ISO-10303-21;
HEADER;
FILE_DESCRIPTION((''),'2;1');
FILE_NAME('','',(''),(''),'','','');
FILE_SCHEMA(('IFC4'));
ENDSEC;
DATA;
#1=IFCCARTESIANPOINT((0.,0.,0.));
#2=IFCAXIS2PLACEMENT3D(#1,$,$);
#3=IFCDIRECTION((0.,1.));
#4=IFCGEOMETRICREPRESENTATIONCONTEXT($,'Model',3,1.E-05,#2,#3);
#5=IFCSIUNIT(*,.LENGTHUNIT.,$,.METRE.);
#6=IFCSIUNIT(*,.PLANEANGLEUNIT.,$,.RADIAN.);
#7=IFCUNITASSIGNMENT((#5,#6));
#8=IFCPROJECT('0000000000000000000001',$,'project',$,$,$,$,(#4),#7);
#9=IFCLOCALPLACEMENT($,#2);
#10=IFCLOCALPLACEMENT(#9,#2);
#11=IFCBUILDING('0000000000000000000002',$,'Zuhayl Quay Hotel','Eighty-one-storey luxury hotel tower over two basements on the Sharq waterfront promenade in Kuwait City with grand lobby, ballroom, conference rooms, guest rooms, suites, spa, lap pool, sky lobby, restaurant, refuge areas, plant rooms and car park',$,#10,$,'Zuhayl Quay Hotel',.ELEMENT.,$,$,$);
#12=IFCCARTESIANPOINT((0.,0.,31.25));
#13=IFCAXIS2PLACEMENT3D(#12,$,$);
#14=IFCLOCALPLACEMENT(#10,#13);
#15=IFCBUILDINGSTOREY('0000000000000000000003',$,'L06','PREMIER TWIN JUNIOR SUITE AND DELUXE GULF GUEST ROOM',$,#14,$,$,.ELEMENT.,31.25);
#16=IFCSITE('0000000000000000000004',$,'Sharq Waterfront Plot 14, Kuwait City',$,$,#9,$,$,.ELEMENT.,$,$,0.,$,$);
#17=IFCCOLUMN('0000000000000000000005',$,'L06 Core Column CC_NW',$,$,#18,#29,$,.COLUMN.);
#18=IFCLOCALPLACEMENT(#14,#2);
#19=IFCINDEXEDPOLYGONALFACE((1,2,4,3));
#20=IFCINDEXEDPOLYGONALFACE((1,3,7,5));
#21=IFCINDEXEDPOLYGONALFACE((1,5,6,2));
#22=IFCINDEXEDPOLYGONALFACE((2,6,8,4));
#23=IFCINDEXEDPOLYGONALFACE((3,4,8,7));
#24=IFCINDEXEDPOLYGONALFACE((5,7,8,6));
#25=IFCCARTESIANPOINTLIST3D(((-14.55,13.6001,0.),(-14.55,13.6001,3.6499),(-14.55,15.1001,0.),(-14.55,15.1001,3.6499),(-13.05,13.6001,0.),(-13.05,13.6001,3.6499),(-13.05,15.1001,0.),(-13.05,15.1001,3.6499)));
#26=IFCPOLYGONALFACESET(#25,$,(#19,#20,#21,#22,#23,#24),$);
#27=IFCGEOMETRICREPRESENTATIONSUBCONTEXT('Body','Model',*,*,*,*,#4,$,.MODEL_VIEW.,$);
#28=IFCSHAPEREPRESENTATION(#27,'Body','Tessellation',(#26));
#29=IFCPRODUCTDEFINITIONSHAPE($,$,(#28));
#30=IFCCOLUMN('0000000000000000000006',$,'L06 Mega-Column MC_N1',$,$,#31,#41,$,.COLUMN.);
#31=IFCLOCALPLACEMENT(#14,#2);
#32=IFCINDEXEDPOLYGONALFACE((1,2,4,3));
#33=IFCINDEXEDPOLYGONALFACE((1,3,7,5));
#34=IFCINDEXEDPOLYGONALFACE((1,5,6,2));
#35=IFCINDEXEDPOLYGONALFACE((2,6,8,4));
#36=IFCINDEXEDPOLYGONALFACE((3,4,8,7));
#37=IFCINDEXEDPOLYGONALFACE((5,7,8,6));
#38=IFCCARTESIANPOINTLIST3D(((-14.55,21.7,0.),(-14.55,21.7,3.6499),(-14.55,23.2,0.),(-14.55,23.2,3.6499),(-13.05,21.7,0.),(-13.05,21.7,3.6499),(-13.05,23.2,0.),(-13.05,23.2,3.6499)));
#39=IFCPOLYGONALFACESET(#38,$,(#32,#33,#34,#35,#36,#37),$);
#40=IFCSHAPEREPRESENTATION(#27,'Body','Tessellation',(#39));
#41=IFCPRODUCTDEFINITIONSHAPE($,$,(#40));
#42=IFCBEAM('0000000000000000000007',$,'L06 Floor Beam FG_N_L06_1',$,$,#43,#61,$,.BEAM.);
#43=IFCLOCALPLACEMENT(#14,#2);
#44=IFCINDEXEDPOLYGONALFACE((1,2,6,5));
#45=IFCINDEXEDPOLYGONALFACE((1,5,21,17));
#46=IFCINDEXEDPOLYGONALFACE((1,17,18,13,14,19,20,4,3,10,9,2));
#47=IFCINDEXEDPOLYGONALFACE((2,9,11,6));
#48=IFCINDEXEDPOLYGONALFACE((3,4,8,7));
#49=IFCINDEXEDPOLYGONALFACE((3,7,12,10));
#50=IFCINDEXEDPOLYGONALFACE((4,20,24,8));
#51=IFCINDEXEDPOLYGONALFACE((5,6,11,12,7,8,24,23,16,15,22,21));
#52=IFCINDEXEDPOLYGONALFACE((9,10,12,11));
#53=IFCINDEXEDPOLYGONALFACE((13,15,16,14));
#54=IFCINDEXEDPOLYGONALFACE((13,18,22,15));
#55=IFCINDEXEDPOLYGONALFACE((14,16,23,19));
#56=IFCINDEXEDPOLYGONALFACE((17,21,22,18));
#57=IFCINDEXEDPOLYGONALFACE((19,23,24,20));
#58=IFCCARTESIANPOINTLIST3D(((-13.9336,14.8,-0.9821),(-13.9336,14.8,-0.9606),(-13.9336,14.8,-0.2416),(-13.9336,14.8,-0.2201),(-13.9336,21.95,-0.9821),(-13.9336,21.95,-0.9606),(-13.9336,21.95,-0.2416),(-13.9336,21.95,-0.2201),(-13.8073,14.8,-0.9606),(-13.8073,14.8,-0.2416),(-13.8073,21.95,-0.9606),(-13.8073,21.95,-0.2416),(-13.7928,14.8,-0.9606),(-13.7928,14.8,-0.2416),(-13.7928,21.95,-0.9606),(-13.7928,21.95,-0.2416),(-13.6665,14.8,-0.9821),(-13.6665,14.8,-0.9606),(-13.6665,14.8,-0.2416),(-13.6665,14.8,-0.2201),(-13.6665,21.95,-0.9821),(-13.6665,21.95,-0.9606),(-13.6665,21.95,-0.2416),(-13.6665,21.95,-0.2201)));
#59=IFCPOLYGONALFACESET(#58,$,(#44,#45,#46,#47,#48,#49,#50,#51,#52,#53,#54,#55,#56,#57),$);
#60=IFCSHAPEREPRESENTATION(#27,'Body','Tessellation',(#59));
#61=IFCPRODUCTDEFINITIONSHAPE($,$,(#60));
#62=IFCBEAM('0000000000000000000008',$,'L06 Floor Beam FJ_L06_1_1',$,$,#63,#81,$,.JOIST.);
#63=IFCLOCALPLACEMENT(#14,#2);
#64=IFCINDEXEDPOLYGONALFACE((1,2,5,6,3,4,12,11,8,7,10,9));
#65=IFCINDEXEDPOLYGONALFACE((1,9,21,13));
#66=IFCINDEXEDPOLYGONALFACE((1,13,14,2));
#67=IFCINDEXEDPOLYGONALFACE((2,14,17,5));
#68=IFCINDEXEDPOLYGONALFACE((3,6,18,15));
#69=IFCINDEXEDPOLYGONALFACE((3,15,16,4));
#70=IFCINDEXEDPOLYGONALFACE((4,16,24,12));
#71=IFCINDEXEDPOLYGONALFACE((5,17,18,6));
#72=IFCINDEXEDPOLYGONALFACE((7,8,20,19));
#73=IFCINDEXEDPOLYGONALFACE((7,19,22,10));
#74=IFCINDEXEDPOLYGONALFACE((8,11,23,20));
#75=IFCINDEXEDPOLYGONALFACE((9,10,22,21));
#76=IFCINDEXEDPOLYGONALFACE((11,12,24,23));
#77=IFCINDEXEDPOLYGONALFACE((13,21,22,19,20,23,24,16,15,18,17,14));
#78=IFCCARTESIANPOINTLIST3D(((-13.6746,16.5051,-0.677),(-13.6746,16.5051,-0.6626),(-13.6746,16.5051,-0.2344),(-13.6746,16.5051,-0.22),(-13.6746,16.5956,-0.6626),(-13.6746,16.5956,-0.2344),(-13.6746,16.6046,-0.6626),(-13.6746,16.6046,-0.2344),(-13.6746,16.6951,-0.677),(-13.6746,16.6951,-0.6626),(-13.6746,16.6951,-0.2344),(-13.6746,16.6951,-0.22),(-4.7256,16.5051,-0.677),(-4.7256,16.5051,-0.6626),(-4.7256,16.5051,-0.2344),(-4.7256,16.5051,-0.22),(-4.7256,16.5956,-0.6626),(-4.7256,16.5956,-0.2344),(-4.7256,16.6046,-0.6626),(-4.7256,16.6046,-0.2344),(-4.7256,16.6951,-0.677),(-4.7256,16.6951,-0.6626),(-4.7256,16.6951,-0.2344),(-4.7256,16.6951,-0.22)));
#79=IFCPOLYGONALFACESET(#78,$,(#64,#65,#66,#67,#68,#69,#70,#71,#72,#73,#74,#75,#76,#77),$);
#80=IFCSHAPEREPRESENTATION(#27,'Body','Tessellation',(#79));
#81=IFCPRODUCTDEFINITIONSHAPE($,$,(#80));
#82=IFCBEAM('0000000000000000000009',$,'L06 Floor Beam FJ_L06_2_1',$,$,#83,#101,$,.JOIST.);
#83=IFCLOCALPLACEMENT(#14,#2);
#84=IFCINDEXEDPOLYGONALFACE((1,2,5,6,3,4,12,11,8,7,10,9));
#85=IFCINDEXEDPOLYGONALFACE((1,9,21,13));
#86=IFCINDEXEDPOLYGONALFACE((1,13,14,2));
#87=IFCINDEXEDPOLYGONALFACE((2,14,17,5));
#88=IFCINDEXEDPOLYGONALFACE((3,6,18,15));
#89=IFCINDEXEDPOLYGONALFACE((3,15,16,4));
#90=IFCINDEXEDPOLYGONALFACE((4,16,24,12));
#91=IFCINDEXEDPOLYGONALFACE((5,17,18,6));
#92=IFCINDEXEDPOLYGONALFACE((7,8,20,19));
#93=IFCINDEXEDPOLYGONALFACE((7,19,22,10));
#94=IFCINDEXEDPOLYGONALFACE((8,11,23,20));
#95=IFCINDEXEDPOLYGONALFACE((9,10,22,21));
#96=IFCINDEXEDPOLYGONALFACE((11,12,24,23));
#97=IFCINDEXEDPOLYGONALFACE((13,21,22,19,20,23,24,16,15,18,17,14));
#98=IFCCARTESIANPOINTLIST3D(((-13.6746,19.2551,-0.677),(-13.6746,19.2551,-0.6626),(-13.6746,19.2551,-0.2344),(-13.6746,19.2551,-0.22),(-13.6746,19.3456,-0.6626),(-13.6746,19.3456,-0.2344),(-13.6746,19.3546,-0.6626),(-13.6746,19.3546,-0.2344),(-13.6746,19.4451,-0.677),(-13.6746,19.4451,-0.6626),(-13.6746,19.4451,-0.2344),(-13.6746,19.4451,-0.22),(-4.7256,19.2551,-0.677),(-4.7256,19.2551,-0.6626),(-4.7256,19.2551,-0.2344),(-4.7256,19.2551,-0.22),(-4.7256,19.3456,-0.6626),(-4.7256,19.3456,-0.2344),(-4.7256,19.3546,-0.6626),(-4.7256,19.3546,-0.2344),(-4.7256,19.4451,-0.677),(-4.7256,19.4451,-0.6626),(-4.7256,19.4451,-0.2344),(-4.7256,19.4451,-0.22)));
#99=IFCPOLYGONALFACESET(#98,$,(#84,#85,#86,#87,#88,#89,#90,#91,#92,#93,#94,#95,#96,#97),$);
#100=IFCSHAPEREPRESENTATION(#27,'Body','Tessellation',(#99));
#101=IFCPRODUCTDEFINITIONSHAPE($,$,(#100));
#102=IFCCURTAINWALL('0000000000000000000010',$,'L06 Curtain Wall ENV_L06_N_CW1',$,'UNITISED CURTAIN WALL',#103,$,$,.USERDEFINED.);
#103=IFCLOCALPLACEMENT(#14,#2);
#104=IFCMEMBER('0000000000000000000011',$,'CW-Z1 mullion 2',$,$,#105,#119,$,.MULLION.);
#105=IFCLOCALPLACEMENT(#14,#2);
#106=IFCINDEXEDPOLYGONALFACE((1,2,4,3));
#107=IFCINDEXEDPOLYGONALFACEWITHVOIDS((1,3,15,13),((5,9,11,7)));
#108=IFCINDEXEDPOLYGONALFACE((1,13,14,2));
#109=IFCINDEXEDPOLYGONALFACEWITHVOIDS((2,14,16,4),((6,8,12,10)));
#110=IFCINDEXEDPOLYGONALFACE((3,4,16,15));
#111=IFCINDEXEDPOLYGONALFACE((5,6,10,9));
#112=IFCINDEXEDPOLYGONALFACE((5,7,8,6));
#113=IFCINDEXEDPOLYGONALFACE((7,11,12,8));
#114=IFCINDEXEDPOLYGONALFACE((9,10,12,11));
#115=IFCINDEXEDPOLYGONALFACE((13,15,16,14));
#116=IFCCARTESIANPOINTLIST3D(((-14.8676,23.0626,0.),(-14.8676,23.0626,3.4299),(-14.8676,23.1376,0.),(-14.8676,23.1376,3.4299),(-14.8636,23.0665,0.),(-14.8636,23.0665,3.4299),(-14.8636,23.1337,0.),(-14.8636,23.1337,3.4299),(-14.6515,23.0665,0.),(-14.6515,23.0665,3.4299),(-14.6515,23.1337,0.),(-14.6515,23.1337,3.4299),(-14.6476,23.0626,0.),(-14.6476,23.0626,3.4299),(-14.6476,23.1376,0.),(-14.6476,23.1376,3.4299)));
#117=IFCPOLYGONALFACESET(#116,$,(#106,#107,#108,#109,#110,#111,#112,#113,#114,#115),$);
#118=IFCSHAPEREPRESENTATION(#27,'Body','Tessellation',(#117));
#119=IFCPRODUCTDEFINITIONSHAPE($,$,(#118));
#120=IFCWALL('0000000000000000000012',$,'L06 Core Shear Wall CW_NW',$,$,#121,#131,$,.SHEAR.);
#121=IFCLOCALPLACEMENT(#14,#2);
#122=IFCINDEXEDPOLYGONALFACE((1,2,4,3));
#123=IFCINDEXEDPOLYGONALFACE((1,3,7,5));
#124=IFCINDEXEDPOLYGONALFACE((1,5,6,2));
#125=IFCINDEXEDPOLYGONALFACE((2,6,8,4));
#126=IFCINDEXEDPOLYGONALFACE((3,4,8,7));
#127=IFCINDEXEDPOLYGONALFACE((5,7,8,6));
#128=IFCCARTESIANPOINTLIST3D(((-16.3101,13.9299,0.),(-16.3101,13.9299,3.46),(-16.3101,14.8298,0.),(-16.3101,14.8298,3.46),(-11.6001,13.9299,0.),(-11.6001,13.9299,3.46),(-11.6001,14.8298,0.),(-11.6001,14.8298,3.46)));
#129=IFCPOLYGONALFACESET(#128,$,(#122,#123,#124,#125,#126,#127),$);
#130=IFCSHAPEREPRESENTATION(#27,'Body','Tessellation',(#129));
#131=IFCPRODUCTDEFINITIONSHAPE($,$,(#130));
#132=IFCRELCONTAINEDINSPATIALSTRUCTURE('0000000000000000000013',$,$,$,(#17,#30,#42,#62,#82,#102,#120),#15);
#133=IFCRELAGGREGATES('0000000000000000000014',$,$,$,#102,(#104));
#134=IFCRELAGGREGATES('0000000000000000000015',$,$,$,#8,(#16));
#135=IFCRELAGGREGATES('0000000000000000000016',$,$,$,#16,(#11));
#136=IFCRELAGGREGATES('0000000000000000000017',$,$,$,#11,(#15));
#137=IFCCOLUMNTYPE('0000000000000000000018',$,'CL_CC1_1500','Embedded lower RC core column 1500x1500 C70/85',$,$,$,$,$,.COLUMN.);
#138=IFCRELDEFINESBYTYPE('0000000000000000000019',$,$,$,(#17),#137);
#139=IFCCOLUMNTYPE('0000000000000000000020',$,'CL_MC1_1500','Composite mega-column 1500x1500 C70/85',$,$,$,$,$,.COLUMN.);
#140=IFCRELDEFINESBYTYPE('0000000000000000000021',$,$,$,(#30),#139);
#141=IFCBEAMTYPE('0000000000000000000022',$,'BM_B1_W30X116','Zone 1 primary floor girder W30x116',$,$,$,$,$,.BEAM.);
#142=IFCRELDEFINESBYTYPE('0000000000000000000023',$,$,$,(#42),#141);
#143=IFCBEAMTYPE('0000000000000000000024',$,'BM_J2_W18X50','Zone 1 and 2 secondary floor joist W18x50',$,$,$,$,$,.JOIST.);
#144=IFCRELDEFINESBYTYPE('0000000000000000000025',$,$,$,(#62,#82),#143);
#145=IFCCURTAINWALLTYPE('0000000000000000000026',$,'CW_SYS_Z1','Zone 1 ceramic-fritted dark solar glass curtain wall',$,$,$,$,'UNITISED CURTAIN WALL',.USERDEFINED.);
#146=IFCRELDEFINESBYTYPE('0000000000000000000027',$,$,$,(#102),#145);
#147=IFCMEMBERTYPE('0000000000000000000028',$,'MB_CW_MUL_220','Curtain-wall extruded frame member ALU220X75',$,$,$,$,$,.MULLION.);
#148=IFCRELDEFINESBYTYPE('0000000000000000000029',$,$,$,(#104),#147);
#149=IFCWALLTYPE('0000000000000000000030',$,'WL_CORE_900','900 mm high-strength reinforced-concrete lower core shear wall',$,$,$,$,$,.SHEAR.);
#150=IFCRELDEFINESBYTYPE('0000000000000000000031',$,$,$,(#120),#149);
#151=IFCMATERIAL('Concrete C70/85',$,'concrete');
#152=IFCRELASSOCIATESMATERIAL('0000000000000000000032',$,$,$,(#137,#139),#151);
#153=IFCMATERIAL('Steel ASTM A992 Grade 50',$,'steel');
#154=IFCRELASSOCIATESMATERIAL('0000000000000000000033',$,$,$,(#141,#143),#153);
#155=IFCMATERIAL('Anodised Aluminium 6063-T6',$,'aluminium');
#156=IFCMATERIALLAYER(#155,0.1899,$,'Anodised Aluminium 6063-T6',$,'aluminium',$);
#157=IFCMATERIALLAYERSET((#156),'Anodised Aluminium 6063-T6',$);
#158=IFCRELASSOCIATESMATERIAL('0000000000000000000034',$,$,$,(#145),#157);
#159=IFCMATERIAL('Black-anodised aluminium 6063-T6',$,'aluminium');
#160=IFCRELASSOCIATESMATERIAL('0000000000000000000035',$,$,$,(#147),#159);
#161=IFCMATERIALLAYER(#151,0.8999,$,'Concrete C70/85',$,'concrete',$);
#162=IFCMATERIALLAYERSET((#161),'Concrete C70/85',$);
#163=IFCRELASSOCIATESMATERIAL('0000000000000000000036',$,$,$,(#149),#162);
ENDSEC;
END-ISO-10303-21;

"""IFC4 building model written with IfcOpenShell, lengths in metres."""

from ifc_helpers import new_model, si_unit, direction, frame, frame_2d, origin, origin_2d, place, context, subcontext, project, spatial, rectangle, hollow_rectangle, i_section, extrude, material, layer, layer_set, material_profile, profile_set, type_object, element, aggregate, save


model = new_model("IFC4")

# Units and contexts
model_context = context("Model", 3, precision=1e-05, world=origin(), true_north=direction((0.0, 1.0)))
body_context = subcontext(model_context, "Body", "Model", "MODEL_VIEW")
ifc_project = project(units=[si_unit("LENGTHUNIT", "METRE"), si_unit("PLANEANGLEUNIT", "RADIAN")], contexts=[model_context])

# Site, building, storey
site_placement = place(None, origin())
site = spatial("IfcSite", under=ifc_project, at=site_placement, Name="Sharq Waterfront Plot 14, Kuwait City", CompositionType="ELEMENT", RefElevation=0.0)
building_placement = place(site_placement, origin())
building = spatial("IfcBuilding", under=site, at=building_placement, Name="Zuhayl Quay Hotel", Description="Eighty-one-storey luxury hotel tower over two basements on the Sharq waterfront promenade in Kuwait City with grand lobby, ballroom, conference rooms, guest rooms, suites, spa, lap pool, sky lobby, restaurant, refuge areas, plant rooms and car park", LongName="Zuhayl Quay Hotel", CompositionType="ELEMENT")
storey_placement = place(building_placement, frame((0.0, 0.0, 31.25)))
storey = spatial("IfcBuildingStorey", under=building, at=storey_placement, Name="L06", Description="PREMIER TWIN JUNIOR SUITE AND DELUXE GULF GUEST ROOM", CompositionType="ELEMENT", Elevation=31.25)

# Columns
ifc_material_1 = material(Name="Concrete C70/85", Category="concrete")
ifc_material_profile_1 = material_profile(ifc_material_1, rectangle(XDim=1.5, YDim=1.5, at=origin_2d()), Name="RC1500X1500")
ifc_profile_set_1 = profile_set([ifc_material_profile_1], Name="Concrete C70/85")
column_type_1 = type_object("IfcColumnType", Name="CL_CC1_1500", Description="Embedded lower RC core column 1500x1500 C70/85", PredefinedType="COLUMN", material=ifc_profile_set_1)
column_1_placement = place(storey_placement, frame((-13.8, 14.3501, 0.0), z_axis=(0.0, 0.0, 1.0), x_axis=(1.0, 0.0, 0.0)))
element("IfcColumn", 1, at=column_1_placement, inside=storey, type_object=column_type_1, Name="L06 Core Column CC_NW", PredefinedType="COLUMN", context=body_context, shape_type="SweptSolid", body=[
    extrude(rectangle(XDim=1.5, YDim=1.5, at=origin_2d()), origin(), (0.0, 0.0, 1.0), 3.6499),
])
ifc_material_profile_2 = material_profile(ifc_material_1, rectangle(XDim=1.5, YDim=1.5, at=origin_2d()), Name="RC1500X1500")
ifc_profile_set_2 = profile_set([ifc_material_profile_2], Name="Concrete C70/85")
column_type_2 = type_object("IfcColumnType", Name="CL_MC1_1500", Description="Composite mega-column 1500x1500 C70/85", PredefinedType="COLUMN", material=ifc_profile_set_2)
column_2_placement = place(storey_placement, frame((-13.8, 22.45, 0.0), z_axis=(0.0, 0.0, 1.0), x_axis=(1.0, 0.0, 0.0)))
element("IfcColumn", 2, at=column_2_placement, inside=storey, type_object=column_type_2, Name="L06 Mega-Column MC_N1", PredefinedType="COLUMN", context=body_context, shape_type="SweptSolid", body=[
    extrude(rectangle(XDim=1.5, YDim=1.5, at=origin_2d()), origin(), (0.0, 0.0, 1.0), 3.6499),
])

# Beams
ifc_material_2 = material(Name="Steel ASTM A992 Grade 50", Category="steel")
ifc_material_profile_3 = material_profile(ifc_material_2, i_section(OverallWidth=0.2671, OverallDepth=0.762, WebThickness=0.0144, FlangeThickness=0.0215, at=origin_2d()), Name="W30X116")
ifc_profile_set_3 = profile_set([ifc_material_profile_3], Name="Steel ASTM A992 Grade 50")
beam_type_1 = type_object("IfcBeamType", Name="BM_B1_W30X116", Description="Zone 1 primary floor girder W30x116", PredefinedType="BEAM", material=ifc_profile_set_3)
beam_placement = place(storey_placement, frame((-13.8, 14.8, -0.6011), z_axis=(0.0, 1.0, 0.0), x_axis=(-1.0, 0.0, 0.0)))
element("IfcBeam", 3, at=beam_placement, inside=storey, type_object=beam_type_1, Name="L06 Floor Beam FG_N_L06_1", PredefinedType="BEAM", context=body_context, shape_type="SweptSolid", body=[
    extrude(i_section(OverallWidth=0.2671, OverallDepth=0.762, WebThickness=0.0144, FlangeThickness=0.0215, at=origin_2d()), origin(), (0.0, 0.0, 1.0), 7.1499),
])
ifc_material_profile_4 = material_profile(ifc_material_2, i_section(OverallWidth=0.1899, OverallDepth=0.457, WebThickness=0.009, FlangeThickness=0.0144, at=origin_2d()), Name="W18X50")
ifc_profile_set_4 = profile_set([ifc_material_profile_4], Name="Steel ASTM A992 Grade 50")
beam_type_2 = type_object("IfcBeamType", Name="BM_J2_W18X50", Description="Zone 1 and 2 secondary floor joist W18x50", PredefinedType="JOIST", material=ifc_profile_set_4)
for number, where, z_axis, x_axis, name in (
    (4, (-13.6746, 16.6001, -0.4485), (1.0, 0.0, 0.0), (0.0, 1.0, 0.0), "L06 Floor Beam FJ_L06_1_1"),
    (5, (-13.6746, 19.3501, -0.4485), (1.0, 0.0, 0.0), (0.0, 1.0, 0.0), "L06 Floor Beam FJ_L06_2_1"),
):
    element("IfcBeam", number, at=place(storey_placement, frame(where, z_axis=z_axis, x_axis=x_axis)), inside=storey, type_object=beam_type_2, Name=name, PredefinedType="JOIST", context=body_context, shape_type="SweptSolid", body=[
        extrude(i_section(OverallWidth=0.1899, OverallDepth=0.457, WebThickness=0.009, FlangeThickness=0.0144, at=origin_2d()), origin(), (0.0, 0.0, 1.0), 8.949),
    ])

# Curtain wall, member
ifc_material_3 = material(Name="Anodised Aluminium 6063-T6", Category="aluminium")
ifc_layer_1 = layer(ifc_material_3, 0.1899, Name="Anodised Aluminium 6063-T6", Category="aluminium")
ifc_layer_set_1 = layer_set([ifc_layer_1], Name="Anodised Aluminium 6063-T6")
curtain_wall_type = type_object("IfcCurtainWallType", Name="CW_SYS_Z1", Description="Zone 1 ceramic-fritted dark solar glass curtain wall", ElementType="UNITISED CURTAIN WALL", PredefinedType="USERDEFINED", material=ifc_layer_set_1)
curtain_wall_placement = place(storey_placement, origin())
curtain_wall = element("IfcCurtainWall", 6, at=curtain_wall_placement, inside=storey, type_object=curtain_wall_type, Name="L06 Curtain Wall ENV_L06_N_CW1", ObjectType="UNITISED CURTAIN WALL", PredefinedType="USERDEFINED")
ifc_material_4 = material(Name="Black-anodised aluminium 6063-T6", Category="aluminium")
ifc_material_profile_5 = material_profile(ifc_material_4, hollow_rectangle(XDim=0.075, YDim=0.22, WallThickness=0.0039, at=origin_2d()), Name="ALU220X75")
ifc_profile_set_5 = profile_set([ifc_material_profile_5], Name="Black-anodised aluminium 6063-T6")
member_type = type_object("IfcMemberType", Name="MB_CW_MUL_220", Description="Curtain-wall extruded frame member ALU220X75", PredefinedType="MULLION", material=ifc_profile_set_5)
member_placement = place(storey_placement, frame((-14.7576, 23.1001, 0.0), z_axis=(0.0, 0.0, 1.0), x_axis=(0.0, 1.0, 0.0)))
member = element("IfcMember", 7, at=member_placement, type_object=member_type, Name="CW-Z1 mullion 2", PredefinedType="MULLION", context=body_context, shape_type="SweptSolid", body=[
    extrude(hollow_rectangle(XDim=0.075, YDim=0.22, WallThickness=0.0039, at=origin_2d()), origin(), (0.0, 0.0, 1.0), 3.4299),
])
aggregate(curtain_wall, [member])

# Wall
ifc_layer_2 = layer(ifc_material_1, 0.8999, Name="Concrete C70/85", Category="concrete")
ifc_layer_set_2 = layer_set([ifc_layer_2], Name="Concrete C70/85")
wall_type_1 = type_object("IfcWallType", Name="WL_CORE_900", Description="900 mm high-strength reinforced-concrete lower core shear wall", PredefinedType="SHEAR", material=ifc_layer_set_2)
wall_1_placement = place(storey_placement, frame((-16.3101, 14.3799, 0.0), z_axis=(0.0, 0.0, 1.0), x_axis=(1.0, 0.0, 0.0)))
element("IfcWall", 8, at=wall_1_placement, inside=storey, type_object=wall_type_1, Name="L06 Core Shear Wall CW_NW", PredefinedType="SHEAR", context=body_context, shape_type="SweptSolid", body=[
    extrude(rectangle(XDim=4.71, YDim=0.8999, at=frame_2d((2.355, 0.0))), origin(), (0.0, 0.0, 1.0), 3.46),
])

save(model, "model.ifc")
